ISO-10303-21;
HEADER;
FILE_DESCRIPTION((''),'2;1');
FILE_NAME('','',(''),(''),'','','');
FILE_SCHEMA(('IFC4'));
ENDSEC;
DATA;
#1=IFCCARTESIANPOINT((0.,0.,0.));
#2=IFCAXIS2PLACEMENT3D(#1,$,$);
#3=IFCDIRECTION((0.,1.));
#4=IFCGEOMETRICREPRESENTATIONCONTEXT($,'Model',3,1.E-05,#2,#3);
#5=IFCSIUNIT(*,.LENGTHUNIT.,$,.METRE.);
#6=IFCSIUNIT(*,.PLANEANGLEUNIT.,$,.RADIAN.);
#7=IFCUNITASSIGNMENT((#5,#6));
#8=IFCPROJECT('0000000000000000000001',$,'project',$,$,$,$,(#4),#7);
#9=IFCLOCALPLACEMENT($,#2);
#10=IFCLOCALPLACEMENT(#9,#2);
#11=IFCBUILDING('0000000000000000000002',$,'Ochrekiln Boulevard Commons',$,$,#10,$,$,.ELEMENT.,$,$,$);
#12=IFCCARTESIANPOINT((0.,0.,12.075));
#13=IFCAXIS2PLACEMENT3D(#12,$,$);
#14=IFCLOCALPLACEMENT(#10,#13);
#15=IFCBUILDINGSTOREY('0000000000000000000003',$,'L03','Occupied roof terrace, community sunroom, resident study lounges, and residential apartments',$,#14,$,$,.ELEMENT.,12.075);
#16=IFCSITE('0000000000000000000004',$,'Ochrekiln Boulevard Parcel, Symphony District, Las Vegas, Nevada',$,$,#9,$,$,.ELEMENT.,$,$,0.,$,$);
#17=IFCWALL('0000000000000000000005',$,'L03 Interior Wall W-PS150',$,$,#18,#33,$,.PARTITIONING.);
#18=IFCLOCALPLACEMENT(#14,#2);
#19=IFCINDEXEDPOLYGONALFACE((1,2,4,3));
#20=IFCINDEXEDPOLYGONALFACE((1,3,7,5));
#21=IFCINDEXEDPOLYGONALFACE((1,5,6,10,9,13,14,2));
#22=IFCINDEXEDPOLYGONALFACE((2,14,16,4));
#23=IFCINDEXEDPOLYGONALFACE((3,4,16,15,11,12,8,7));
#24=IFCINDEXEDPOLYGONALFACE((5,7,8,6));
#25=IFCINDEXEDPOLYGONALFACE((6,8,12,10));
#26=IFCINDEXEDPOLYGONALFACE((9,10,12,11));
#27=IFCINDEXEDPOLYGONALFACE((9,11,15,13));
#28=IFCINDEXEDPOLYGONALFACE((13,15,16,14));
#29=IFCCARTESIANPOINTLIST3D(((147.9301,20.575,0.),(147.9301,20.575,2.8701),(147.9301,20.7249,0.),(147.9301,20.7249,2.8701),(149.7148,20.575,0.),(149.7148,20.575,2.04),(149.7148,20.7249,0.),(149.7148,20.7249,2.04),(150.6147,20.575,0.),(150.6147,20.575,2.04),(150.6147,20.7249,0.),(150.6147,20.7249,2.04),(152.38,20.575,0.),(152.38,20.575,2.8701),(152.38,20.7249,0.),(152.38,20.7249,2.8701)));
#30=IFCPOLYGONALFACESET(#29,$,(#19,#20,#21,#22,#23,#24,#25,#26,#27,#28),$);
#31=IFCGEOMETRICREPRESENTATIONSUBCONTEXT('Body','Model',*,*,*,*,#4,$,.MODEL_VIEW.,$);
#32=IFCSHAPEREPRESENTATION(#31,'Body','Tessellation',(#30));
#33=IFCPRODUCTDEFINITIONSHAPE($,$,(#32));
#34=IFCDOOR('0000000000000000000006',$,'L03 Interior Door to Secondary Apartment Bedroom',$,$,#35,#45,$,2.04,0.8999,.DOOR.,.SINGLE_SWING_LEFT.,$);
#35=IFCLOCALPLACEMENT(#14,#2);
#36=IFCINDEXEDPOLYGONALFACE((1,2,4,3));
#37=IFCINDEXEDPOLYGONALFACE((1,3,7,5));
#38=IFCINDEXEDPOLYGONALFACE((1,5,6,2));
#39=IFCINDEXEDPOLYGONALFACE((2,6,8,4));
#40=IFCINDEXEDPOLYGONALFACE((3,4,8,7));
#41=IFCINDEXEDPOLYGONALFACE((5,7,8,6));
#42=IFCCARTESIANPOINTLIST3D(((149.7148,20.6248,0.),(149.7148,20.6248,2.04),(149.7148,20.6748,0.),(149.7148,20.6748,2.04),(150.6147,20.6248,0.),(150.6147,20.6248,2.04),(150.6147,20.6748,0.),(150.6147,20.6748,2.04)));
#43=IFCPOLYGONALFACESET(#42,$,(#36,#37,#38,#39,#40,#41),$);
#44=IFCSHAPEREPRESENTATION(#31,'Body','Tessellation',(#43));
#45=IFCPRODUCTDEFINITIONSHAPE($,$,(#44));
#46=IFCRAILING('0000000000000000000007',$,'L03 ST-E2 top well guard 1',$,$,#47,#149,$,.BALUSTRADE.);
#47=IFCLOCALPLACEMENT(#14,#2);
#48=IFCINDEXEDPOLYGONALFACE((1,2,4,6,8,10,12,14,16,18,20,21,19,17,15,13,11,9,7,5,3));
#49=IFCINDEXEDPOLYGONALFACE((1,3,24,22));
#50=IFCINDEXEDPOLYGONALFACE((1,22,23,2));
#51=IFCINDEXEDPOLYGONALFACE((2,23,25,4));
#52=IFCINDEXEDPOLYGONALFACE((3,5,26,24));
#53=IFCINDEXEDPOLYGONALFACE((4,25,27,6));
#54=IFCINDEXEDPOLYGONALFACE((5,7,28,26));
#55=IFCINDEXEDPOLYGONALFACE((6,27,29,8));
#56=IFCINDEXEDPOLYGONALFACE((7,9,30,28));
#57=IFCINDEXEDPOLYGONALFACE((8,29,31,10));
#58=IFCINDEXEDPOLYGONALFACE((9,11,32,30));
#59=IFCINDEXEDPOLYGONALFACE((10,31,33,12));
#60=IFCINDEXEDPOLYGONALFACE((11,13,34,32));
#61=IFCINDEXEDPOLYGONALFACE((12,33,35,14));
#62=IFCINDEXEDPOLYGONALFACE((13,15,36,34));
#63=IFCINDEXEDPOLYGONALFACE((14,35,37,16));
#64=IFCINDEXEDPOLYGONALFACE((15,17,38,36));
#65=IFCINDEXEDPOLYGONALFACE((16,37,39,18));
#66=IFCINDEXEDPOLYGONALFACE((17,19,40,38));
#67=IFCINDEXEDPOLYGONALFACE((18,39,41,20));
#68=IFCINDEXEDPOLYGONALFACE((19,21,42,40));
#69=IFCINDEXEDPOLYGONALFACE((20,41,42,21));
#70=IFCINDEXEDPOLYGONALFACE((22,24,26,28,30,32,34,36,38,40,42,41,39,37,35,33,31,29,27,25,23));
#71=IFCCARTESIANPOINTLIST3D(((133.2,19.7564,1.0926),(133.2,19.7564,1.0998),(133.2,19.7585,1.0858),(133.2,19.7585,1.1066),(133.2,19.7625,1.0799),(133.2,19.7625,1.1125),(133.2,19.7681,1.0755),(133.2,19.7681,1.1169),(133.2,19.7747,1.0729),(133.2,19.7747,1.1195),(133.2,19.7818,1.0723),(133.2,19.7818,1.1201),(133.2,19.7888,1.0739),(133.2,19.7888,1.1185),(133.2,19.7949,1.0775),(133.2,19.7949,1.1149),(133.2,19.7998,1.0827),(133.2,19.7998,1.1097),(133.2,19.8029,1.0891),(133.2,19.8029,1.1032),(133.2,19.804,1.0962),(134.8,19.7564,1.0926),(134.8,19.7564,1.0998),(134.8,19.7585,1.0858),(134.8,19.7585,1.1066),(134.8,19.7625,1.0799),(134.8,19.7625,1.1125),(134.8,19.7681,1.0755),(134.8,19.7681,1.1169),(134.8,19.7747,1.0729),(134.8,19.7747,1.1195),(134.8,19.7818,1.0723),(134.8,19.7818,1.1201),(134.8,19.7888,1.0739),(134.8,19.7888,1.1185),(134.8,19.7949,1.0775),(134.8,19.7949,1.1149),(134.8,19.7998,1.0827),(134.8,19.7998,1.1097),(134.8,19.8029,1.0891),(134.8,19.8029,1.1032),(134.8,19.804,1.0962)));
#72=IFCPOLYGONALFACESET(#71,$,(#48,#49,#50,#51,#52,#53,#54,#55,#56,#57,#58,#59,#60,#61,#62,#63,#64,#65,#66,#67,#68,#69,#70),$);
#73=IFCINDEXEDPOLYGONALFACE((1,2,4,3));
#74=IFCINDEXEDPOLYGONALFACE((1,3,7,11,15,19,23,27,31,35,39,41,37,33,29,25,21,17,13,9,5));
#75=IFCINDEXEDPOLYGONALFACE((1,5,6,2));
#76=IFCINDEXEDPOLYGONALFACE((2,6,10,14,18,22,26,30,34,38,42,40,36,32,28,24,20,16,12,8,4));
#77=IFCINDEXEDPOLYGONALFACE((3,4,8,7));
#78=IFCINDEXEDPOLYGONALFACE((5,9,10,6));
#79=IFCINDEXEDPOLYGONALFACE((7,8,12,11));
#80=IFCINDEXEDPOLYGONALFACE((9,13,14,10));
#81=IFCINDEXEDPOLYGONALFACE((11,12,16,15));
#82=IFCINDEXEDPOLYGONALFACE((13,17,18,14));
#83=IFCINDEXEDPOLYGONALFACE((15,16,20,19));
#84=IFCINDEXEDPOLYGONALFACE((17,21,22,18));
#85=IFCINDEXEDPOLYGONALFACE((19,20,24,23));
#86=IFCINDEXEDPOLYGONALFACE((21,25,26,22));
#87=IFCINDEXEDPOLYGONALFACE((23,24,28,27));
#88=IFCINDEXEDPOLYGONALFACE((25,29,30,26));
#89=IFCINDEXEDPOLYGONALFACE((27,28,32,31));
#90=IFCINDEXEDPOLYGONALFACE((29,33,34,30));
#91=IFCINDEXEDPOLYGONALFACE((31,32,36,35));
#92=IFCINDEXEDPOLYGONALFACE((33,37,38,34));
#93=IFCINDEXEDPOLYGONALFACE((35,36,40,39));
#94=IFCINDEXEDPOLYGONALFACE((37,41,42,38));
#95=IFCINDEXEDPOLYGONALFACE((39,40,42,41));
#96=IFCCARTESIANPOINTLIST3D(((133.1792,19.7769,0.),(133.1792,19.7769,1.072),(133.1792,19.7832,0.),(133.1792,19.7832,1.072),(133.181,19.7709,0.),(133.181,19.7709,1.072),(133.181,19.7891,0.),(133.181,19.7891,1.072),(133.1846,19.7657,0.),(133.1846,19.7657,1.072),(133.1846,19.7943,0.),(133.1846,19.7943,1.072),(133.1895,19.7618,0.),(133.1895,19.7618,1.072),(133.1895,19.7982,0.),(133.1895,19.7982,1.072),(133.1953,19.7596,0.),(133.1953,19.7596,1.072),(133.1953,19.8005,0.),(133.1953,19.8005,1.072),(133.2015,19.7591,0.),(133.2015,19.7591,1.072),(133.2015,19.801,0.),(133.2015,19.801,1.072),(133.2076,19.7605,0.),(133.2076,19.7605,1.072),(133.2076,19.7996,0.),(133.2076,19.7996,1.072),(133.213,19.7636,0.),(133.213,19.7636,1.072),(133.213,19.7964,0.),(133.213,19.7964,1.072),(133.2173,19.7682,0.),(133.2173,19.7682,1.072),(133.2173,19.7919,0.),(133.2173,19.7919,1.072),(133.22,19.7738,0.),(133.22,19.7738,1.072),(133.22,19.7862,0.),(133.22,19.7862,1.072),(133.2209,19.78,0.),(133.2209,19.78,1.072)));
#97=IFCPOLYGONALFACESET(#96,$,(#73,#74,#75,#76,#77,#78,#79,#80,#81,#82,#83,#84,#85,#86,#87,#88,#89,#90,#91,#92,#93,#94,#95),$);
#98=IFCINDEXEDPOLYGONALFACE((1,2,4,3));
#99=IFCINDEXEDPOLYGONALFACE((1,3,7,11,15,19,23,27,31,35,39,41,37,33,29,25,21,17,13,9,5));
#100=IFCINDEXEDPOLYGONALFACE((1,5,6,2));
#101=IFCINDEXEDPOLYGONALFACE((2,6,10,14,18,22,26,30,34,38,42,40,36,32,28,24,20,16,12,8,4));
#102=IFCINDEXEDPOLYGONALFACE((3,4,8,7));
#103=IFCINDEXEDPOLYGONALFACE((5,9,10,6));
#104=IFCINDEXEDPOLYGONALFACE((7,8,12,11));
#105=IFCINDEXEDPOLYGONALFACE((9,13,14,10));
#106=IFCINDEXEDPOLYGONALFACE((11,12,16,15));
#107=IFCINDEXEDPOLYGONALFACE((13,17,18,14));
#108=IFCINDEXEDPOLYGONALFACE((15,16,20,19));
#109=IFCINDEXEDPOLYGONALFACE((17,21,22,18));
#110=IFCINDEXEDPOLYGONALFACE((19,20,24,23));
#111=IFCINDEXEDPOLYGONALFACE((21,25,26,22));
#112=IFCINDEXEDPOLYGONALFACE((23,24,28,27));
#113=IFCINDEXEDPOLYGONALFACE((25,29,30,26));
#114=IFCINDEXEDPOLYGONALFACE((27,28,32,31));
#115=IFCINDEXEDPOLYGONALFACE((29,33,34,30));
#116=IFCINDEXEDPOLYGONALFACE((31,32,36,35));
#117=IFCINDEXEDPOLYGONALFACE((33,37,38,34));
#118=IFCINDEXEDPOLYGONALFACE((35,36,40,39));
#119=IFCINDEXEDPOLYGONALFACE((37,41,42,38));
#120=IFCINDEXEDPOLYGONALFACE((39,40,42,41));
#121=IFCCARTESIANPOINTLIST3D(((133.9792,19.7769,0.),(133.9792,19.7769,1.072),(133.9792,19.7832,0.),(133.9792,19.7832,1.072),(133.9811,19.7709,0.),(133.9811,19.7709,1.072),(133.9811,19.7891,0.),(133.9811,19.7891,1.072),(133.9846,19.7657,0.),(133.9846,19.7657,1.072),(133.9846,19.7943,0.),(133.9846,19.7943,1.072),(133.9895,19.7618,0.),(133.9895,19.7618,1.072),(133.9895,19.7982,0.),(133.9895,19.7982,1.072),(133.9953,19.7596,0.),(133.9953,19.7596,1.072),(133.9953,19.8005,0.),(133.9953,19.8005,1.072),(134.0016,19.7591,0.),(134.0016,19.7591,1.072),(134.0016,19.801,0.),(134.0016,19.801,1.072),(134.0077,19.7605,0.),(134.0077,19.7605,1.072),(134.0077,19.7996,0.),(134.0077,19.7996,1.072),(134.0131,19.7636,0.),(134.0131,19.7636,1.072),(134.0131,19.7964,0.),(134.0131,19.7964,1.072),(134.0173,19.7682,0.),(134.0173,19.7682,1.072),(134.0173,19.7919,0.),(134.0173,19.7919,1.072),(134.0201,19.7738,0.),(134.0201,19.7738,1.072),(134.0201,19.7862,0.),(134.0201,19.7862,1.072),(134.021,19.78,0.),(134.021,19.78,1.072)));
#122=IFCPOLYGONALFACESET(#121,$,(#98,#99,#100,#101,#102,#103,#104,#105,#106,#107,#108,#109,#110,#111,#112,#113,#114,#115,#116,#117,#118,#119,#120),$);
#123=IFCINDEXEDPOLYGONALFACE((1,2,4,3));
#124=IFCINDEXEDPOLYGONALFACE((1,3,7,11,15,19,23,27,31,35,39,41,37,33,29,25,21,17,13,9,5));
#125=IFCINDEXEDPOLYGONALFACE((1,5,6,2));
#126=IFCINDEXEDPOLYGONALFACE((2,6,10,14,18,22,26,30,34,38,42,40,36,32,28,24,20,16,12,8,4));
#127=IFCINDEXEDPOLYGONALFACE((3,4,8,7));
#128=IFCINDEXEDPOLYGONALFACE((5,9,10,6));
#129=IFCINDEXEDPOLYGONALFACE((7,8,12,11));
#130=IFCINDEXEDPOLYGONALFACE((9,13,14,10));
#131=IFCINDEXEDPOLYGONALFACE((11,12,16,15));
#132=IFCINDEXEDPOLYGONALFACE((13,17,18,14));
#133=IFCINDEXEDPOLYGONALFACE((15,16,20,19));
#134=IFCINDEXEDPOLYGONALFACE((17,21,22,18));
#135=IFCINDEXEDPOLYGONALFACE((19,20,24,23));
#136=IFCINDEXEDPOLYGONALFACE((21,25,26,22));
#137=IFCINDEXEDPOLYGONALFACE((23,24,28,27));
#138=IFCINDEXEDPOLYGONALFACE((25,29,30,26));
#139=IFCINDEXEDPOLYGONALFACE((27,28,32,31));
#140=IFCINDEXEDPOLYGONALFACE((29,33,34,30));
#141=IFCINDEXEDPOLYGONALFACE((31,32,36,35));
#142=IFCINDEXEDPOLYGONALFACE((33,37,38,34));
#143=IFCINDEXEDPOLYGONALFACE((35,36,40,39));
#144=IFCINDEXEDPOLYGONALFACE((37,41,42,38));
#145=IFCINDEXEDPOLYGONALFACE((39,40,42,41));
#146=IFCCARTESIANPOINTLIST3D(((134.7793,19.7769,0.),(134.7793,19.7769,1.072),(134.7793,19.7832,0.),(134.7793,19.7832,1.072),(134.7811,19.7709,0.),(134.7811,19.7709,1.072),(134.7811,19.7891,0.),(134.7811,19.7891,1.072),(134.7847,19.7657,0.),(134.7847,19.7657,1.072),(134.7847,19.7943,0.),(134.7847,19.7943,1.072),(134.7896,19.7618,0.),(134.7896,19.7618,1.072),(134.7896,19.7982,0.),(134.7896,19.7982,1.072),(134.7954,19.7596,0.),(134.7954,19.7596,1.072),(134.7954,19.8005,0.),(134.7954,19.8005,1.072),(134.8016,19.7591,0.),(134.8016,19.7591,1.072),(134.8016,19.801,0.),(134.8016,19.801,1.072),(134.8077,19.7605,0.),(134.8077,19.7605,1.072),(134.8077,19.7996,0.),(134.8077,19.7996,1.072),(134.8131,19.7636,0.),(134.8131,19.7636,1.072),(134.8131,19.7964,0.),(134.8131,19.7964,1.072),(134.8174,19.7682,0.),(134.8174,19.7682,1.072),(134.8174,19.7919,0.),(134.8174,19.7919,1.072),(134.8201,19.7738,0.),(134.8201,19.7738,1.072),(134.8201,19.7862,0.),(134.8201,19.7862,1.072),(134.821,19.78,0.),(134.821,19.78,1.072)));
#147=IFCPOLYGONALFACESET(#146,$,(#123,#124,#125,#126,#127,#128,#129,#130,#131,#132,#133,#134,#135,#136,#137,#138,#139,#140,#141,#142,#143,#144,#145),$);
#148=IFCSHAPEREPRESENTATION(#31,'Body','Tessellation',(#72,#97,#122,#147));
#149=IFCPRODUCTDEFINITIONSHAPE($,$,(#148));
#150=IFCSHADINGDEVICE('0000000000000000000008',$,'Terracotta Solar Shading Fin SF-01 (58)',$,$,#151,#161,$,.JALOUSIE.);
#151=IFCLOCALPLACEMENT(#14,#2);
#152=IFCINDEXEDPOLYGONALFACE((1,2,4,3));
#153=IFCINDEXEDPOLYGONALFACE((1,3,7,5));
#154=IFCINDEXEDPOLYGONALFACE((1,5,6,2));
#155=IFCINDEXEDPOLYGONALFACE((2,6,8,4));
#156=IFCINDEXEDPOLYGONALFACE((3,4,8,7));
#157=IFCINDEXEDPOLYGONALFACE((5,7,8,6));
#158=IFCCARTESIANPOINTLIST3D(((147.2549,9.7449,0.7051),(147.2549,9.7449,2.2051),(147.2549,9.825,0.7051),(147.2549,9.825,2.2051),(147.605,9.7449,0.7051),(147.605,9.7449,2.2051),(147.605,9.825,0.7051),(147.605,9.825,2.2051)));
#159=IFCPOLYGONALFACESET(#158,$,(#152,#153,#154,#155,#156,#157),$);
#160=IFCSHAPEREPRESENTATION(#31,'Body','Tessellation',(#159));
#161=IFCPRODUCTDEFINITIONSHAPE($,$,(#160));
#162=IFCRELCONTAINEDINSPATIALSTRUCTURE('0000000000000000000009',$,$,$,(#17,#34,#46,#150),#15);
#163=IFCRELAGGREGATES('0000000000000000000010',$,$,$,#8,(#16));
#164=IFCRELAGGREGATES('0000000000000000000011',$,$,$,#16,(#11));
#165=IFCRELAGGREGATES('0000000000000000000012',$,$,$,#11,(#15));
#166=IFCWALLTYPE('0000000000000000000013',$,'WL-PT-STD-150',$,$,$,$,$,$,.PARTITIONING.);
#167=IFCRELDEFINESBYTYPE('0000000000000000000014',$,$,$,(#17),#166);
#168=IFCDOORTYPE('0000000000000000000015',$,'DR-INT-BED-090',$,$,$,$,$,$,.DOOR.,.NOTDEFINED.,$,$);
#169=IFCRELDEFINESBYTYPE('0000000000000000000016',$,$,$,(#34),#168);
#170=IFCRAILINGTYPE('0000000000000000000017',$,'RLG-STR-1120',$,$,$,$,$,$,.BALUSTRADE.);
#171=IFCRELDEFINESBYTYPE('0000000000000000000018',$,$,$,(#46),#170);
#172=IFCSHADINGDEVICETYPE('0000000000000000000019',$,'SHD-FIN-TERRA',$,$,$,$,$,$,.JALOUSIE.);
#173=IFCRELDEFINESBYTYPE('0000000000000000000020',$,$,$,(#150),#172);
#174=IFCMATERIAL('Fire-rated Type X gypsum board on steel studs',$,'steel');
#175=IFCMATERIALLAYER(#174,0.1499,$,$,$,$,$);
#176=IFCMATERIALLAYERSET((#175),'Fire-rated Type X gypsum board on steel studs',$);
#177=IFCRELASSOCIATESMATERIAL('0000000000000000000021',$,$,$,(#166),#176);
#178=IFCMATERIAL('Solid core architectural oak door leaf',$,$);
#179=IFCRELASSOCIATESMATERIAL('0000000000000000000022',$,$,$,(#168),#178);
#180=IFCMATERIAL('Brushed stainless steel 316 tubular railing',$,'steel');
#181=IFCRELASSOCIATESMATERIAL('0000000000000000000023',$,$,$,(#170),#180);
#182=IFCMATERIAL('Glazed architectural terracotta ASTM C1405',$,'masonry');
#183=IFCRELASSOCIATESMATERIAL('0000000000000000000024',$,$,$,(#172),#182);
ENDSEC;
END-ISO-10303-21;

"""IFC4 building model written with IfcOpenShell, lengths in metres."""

from ifc_helpers import new_model, si_unit, direction, frame, frame_2d, origin, origin_2d, place, context, subcontext, project, spatial, rectangle, circle, extrude, material, layer, layer_set, type_object, element, fill, save


model = new_model("IFC4")

# Units and contexts
model_context = context("Model", 3, precision=1e-05, world=origin(), true_north=direction((0.0, 1.0)))
body_context = subcontext(model_context, "Body", "Model", "MODEL_VIEW")
ifc_project = project(units=[si_unit("LENGTHUNIT", "METRE"), si_unit("PLANEANGLEUNIT", "RADIAN")], contexts=[model_context])

# Site, building, storey
site_placement = place(None, origin())
site = spatial("IfcSite", under=ifc_project, at=site_placement, Name="Ochrekiln Boulevard Parcel, Symphony District, Las Vegas, Nevada", CompositionType="ELEMENT", RefElevation=0.0)
building_placement = place(site_placement, origin())
building = spatial("IfcBuilding", under=site, at=building_placement, Name="Ochrekiln Boulevard Commons", CompositionType="ELEMENT")
storey_placement = place(building_placement, frame((0.0, 0.0, 12.075)))
storey = spatial("IfcBuildingStorey", under=building, at=storey_placement, Name="L03", Description="Occupied roof terrace, community sunroom, resident study lounges, and residential apartments", CompositionType="ELEMENT", Elevation=12.075)

# Wall, opening, door
ifc_material_1 = material(Name="Fire-rated Type X gypsum board on steel studs", Category="steel")
ifc_layer_1 = layer(ifc_material_1, 0.1499)
ifc_layer_set_1 = layer_set([ifc_layer_1], Name="Fire-rated Type X gypsum board on steel studs")
wall_type_1 = type_object("IfcWallType", Name="WL-PT-STD-150", PredefinedType="PARTITIONING", material=ifc_layer_set_1)
ifc_material_2 = material(Name="Solid core architectural oak door leaf")
wall_1_placement = place(storey_placement, frame((147.9299, 20.6499, 0.0), z_axis=(0.0, 0.0, 1.0), x_axis=(1.0, 0.0, 0.0)))
wall_1 = element("IfcWall", 1, at=wall_1_placement, inside=storey, type_object=wall_type_1, Name="L03 Interior Wall W-PS150", PredefinedType="PARTITIONING", context=body_context, shape_type="SweptSolid", body=[
    extrude(rectangle(XDim=4.45, YDim=0.1499, at=frame_2d((2.2251, 0.0))), origin(), (0.0, 0.0, 1.0), 2.8701),
])
opening_1_placement = place(wall_1_placement, frame((1.7849, 0.0, 0.0)))
opening_1 = element("IfcOpeningElement", 2, at=opening_1_placement, cuts=wall_1, PredefinedType="OPENING", context=body_context, shape_type="SweptSolid", body=[
    extrude(rectangle(XDim=0.8999, YDim=2.04, at=frame_2d((0.45, 1.02))), frame((0.0, 0.085, 0.0), z_axis=(0.0, -1.0, 0.0), x_axis=(1.0, 0.0, 0.0)), (0.0, 0.0, 1.0), 0.1699),
])
door_type_1 = type_object("IfcDoorType", Name="DR-INT-BED-090", OperationType="NOTDEFINED", PredefinedType="DOOR", material=ifc_material_2)
door_1_placement = place(opening_1_placement, origin())
door_1 = element("IfcDoor", 3, at=door_1_placement, inside=storey, type_object=door_type_1, Name="L03 Interior Door to Secondary Apartment Bedroom", OperationType="SINGLE_SWING_LEFT", OverallHeight=2.04, OverallWidth=0.8999, PredefinedType="DOOR", context=body_context, shape_type="SweptSolid", body=[
    extrude(rectangle(XDim=0.8999, YDim=2.04, at=frame_2d((0.45, 1.02))), frame((0.0, 0.0249, 0.0), z_axis=(0.0, -1.0, 0.0), x_axis=(1.0, 0.0, 0.0)), (0.0, 0.0, 1.0), 0.05),
])
fill(opening_1, door_1)

# Railing
ifc_material_3 = material(Name="Brushed stainless steel 316 tubular railing", Category="steel")
railing_type = type_object("IfcRailingType", Name="RLG-STR-1120", PredefinedType="BALUSTRADE", material=ifc_material_3)
railing_placement = place(storey_placement, frame((133.2, 19.78, 0.0)))
element("IfcRailing", 4, at=railing_placement, inside=storey, type_object=railing_type, Name="L03 ST-E2 top well guard 1", PredefinedType="BALUSTRADE", context=body_context, shape_type="SweptSolid", body=[
    extrude(circle(Radius=0.0239, at=origin_2d()), frame((0.0, 0.0, 1.0962), z_axis=(1.0, 0.0, 0.0), x_axis=(0.0, 1.0, 0.0)), (0.0, 0.0, 1.0), 1.6001),
    extrude(circle(Radius=0.021, at=origin_2d()), origin(), (0.0, 0.0, 1.0), 1.072),
    extrude(circle(Radius=0.021, at=origin_2d()), frame((0.8, 0.0, 0.0)), (0.0, 0.0, 1.0), 1.072),
    extrude(circle(Radius=0.021, at=origin_2d()), frame((1.6001, 0.0, 0.0)), (0.0, 0.0, 1.0), 1.072),
])

# Shading device
ifc_material_4 = material(Name="Glazed architectural terracotta ASTM C1405", Category="masonry")
shading_device_type = type_object("IfcShadingDeviceType", Name="SHD-FIN-TERRA", PredefinedType="JALOUSIE", material=ifc_material_4)
shading_device_placement = place(storey_placement, frame((147.4299, 9.7849, 0.7051), z_axis=(0.0, 0.0, 1.0), x_axis=(1.0, 0.0, 0.0)))
element("IfcShadingDevice", 5, at=shading_device_placement, inside=storey, type_object=shading_device_type, Name="Terracotta Solar Shading Fin SF-01 (58)", PredefinedType="JALOUSIE", context=body_context, shape_type="SweptSolid", body=[
    extrude(rectangle(XDim=0.3501, YDim=0.0801, at=origin_2d()), origin(), (0.0, 0.0, 1.0), 1.5),
])

save(model, "model.ifc")
